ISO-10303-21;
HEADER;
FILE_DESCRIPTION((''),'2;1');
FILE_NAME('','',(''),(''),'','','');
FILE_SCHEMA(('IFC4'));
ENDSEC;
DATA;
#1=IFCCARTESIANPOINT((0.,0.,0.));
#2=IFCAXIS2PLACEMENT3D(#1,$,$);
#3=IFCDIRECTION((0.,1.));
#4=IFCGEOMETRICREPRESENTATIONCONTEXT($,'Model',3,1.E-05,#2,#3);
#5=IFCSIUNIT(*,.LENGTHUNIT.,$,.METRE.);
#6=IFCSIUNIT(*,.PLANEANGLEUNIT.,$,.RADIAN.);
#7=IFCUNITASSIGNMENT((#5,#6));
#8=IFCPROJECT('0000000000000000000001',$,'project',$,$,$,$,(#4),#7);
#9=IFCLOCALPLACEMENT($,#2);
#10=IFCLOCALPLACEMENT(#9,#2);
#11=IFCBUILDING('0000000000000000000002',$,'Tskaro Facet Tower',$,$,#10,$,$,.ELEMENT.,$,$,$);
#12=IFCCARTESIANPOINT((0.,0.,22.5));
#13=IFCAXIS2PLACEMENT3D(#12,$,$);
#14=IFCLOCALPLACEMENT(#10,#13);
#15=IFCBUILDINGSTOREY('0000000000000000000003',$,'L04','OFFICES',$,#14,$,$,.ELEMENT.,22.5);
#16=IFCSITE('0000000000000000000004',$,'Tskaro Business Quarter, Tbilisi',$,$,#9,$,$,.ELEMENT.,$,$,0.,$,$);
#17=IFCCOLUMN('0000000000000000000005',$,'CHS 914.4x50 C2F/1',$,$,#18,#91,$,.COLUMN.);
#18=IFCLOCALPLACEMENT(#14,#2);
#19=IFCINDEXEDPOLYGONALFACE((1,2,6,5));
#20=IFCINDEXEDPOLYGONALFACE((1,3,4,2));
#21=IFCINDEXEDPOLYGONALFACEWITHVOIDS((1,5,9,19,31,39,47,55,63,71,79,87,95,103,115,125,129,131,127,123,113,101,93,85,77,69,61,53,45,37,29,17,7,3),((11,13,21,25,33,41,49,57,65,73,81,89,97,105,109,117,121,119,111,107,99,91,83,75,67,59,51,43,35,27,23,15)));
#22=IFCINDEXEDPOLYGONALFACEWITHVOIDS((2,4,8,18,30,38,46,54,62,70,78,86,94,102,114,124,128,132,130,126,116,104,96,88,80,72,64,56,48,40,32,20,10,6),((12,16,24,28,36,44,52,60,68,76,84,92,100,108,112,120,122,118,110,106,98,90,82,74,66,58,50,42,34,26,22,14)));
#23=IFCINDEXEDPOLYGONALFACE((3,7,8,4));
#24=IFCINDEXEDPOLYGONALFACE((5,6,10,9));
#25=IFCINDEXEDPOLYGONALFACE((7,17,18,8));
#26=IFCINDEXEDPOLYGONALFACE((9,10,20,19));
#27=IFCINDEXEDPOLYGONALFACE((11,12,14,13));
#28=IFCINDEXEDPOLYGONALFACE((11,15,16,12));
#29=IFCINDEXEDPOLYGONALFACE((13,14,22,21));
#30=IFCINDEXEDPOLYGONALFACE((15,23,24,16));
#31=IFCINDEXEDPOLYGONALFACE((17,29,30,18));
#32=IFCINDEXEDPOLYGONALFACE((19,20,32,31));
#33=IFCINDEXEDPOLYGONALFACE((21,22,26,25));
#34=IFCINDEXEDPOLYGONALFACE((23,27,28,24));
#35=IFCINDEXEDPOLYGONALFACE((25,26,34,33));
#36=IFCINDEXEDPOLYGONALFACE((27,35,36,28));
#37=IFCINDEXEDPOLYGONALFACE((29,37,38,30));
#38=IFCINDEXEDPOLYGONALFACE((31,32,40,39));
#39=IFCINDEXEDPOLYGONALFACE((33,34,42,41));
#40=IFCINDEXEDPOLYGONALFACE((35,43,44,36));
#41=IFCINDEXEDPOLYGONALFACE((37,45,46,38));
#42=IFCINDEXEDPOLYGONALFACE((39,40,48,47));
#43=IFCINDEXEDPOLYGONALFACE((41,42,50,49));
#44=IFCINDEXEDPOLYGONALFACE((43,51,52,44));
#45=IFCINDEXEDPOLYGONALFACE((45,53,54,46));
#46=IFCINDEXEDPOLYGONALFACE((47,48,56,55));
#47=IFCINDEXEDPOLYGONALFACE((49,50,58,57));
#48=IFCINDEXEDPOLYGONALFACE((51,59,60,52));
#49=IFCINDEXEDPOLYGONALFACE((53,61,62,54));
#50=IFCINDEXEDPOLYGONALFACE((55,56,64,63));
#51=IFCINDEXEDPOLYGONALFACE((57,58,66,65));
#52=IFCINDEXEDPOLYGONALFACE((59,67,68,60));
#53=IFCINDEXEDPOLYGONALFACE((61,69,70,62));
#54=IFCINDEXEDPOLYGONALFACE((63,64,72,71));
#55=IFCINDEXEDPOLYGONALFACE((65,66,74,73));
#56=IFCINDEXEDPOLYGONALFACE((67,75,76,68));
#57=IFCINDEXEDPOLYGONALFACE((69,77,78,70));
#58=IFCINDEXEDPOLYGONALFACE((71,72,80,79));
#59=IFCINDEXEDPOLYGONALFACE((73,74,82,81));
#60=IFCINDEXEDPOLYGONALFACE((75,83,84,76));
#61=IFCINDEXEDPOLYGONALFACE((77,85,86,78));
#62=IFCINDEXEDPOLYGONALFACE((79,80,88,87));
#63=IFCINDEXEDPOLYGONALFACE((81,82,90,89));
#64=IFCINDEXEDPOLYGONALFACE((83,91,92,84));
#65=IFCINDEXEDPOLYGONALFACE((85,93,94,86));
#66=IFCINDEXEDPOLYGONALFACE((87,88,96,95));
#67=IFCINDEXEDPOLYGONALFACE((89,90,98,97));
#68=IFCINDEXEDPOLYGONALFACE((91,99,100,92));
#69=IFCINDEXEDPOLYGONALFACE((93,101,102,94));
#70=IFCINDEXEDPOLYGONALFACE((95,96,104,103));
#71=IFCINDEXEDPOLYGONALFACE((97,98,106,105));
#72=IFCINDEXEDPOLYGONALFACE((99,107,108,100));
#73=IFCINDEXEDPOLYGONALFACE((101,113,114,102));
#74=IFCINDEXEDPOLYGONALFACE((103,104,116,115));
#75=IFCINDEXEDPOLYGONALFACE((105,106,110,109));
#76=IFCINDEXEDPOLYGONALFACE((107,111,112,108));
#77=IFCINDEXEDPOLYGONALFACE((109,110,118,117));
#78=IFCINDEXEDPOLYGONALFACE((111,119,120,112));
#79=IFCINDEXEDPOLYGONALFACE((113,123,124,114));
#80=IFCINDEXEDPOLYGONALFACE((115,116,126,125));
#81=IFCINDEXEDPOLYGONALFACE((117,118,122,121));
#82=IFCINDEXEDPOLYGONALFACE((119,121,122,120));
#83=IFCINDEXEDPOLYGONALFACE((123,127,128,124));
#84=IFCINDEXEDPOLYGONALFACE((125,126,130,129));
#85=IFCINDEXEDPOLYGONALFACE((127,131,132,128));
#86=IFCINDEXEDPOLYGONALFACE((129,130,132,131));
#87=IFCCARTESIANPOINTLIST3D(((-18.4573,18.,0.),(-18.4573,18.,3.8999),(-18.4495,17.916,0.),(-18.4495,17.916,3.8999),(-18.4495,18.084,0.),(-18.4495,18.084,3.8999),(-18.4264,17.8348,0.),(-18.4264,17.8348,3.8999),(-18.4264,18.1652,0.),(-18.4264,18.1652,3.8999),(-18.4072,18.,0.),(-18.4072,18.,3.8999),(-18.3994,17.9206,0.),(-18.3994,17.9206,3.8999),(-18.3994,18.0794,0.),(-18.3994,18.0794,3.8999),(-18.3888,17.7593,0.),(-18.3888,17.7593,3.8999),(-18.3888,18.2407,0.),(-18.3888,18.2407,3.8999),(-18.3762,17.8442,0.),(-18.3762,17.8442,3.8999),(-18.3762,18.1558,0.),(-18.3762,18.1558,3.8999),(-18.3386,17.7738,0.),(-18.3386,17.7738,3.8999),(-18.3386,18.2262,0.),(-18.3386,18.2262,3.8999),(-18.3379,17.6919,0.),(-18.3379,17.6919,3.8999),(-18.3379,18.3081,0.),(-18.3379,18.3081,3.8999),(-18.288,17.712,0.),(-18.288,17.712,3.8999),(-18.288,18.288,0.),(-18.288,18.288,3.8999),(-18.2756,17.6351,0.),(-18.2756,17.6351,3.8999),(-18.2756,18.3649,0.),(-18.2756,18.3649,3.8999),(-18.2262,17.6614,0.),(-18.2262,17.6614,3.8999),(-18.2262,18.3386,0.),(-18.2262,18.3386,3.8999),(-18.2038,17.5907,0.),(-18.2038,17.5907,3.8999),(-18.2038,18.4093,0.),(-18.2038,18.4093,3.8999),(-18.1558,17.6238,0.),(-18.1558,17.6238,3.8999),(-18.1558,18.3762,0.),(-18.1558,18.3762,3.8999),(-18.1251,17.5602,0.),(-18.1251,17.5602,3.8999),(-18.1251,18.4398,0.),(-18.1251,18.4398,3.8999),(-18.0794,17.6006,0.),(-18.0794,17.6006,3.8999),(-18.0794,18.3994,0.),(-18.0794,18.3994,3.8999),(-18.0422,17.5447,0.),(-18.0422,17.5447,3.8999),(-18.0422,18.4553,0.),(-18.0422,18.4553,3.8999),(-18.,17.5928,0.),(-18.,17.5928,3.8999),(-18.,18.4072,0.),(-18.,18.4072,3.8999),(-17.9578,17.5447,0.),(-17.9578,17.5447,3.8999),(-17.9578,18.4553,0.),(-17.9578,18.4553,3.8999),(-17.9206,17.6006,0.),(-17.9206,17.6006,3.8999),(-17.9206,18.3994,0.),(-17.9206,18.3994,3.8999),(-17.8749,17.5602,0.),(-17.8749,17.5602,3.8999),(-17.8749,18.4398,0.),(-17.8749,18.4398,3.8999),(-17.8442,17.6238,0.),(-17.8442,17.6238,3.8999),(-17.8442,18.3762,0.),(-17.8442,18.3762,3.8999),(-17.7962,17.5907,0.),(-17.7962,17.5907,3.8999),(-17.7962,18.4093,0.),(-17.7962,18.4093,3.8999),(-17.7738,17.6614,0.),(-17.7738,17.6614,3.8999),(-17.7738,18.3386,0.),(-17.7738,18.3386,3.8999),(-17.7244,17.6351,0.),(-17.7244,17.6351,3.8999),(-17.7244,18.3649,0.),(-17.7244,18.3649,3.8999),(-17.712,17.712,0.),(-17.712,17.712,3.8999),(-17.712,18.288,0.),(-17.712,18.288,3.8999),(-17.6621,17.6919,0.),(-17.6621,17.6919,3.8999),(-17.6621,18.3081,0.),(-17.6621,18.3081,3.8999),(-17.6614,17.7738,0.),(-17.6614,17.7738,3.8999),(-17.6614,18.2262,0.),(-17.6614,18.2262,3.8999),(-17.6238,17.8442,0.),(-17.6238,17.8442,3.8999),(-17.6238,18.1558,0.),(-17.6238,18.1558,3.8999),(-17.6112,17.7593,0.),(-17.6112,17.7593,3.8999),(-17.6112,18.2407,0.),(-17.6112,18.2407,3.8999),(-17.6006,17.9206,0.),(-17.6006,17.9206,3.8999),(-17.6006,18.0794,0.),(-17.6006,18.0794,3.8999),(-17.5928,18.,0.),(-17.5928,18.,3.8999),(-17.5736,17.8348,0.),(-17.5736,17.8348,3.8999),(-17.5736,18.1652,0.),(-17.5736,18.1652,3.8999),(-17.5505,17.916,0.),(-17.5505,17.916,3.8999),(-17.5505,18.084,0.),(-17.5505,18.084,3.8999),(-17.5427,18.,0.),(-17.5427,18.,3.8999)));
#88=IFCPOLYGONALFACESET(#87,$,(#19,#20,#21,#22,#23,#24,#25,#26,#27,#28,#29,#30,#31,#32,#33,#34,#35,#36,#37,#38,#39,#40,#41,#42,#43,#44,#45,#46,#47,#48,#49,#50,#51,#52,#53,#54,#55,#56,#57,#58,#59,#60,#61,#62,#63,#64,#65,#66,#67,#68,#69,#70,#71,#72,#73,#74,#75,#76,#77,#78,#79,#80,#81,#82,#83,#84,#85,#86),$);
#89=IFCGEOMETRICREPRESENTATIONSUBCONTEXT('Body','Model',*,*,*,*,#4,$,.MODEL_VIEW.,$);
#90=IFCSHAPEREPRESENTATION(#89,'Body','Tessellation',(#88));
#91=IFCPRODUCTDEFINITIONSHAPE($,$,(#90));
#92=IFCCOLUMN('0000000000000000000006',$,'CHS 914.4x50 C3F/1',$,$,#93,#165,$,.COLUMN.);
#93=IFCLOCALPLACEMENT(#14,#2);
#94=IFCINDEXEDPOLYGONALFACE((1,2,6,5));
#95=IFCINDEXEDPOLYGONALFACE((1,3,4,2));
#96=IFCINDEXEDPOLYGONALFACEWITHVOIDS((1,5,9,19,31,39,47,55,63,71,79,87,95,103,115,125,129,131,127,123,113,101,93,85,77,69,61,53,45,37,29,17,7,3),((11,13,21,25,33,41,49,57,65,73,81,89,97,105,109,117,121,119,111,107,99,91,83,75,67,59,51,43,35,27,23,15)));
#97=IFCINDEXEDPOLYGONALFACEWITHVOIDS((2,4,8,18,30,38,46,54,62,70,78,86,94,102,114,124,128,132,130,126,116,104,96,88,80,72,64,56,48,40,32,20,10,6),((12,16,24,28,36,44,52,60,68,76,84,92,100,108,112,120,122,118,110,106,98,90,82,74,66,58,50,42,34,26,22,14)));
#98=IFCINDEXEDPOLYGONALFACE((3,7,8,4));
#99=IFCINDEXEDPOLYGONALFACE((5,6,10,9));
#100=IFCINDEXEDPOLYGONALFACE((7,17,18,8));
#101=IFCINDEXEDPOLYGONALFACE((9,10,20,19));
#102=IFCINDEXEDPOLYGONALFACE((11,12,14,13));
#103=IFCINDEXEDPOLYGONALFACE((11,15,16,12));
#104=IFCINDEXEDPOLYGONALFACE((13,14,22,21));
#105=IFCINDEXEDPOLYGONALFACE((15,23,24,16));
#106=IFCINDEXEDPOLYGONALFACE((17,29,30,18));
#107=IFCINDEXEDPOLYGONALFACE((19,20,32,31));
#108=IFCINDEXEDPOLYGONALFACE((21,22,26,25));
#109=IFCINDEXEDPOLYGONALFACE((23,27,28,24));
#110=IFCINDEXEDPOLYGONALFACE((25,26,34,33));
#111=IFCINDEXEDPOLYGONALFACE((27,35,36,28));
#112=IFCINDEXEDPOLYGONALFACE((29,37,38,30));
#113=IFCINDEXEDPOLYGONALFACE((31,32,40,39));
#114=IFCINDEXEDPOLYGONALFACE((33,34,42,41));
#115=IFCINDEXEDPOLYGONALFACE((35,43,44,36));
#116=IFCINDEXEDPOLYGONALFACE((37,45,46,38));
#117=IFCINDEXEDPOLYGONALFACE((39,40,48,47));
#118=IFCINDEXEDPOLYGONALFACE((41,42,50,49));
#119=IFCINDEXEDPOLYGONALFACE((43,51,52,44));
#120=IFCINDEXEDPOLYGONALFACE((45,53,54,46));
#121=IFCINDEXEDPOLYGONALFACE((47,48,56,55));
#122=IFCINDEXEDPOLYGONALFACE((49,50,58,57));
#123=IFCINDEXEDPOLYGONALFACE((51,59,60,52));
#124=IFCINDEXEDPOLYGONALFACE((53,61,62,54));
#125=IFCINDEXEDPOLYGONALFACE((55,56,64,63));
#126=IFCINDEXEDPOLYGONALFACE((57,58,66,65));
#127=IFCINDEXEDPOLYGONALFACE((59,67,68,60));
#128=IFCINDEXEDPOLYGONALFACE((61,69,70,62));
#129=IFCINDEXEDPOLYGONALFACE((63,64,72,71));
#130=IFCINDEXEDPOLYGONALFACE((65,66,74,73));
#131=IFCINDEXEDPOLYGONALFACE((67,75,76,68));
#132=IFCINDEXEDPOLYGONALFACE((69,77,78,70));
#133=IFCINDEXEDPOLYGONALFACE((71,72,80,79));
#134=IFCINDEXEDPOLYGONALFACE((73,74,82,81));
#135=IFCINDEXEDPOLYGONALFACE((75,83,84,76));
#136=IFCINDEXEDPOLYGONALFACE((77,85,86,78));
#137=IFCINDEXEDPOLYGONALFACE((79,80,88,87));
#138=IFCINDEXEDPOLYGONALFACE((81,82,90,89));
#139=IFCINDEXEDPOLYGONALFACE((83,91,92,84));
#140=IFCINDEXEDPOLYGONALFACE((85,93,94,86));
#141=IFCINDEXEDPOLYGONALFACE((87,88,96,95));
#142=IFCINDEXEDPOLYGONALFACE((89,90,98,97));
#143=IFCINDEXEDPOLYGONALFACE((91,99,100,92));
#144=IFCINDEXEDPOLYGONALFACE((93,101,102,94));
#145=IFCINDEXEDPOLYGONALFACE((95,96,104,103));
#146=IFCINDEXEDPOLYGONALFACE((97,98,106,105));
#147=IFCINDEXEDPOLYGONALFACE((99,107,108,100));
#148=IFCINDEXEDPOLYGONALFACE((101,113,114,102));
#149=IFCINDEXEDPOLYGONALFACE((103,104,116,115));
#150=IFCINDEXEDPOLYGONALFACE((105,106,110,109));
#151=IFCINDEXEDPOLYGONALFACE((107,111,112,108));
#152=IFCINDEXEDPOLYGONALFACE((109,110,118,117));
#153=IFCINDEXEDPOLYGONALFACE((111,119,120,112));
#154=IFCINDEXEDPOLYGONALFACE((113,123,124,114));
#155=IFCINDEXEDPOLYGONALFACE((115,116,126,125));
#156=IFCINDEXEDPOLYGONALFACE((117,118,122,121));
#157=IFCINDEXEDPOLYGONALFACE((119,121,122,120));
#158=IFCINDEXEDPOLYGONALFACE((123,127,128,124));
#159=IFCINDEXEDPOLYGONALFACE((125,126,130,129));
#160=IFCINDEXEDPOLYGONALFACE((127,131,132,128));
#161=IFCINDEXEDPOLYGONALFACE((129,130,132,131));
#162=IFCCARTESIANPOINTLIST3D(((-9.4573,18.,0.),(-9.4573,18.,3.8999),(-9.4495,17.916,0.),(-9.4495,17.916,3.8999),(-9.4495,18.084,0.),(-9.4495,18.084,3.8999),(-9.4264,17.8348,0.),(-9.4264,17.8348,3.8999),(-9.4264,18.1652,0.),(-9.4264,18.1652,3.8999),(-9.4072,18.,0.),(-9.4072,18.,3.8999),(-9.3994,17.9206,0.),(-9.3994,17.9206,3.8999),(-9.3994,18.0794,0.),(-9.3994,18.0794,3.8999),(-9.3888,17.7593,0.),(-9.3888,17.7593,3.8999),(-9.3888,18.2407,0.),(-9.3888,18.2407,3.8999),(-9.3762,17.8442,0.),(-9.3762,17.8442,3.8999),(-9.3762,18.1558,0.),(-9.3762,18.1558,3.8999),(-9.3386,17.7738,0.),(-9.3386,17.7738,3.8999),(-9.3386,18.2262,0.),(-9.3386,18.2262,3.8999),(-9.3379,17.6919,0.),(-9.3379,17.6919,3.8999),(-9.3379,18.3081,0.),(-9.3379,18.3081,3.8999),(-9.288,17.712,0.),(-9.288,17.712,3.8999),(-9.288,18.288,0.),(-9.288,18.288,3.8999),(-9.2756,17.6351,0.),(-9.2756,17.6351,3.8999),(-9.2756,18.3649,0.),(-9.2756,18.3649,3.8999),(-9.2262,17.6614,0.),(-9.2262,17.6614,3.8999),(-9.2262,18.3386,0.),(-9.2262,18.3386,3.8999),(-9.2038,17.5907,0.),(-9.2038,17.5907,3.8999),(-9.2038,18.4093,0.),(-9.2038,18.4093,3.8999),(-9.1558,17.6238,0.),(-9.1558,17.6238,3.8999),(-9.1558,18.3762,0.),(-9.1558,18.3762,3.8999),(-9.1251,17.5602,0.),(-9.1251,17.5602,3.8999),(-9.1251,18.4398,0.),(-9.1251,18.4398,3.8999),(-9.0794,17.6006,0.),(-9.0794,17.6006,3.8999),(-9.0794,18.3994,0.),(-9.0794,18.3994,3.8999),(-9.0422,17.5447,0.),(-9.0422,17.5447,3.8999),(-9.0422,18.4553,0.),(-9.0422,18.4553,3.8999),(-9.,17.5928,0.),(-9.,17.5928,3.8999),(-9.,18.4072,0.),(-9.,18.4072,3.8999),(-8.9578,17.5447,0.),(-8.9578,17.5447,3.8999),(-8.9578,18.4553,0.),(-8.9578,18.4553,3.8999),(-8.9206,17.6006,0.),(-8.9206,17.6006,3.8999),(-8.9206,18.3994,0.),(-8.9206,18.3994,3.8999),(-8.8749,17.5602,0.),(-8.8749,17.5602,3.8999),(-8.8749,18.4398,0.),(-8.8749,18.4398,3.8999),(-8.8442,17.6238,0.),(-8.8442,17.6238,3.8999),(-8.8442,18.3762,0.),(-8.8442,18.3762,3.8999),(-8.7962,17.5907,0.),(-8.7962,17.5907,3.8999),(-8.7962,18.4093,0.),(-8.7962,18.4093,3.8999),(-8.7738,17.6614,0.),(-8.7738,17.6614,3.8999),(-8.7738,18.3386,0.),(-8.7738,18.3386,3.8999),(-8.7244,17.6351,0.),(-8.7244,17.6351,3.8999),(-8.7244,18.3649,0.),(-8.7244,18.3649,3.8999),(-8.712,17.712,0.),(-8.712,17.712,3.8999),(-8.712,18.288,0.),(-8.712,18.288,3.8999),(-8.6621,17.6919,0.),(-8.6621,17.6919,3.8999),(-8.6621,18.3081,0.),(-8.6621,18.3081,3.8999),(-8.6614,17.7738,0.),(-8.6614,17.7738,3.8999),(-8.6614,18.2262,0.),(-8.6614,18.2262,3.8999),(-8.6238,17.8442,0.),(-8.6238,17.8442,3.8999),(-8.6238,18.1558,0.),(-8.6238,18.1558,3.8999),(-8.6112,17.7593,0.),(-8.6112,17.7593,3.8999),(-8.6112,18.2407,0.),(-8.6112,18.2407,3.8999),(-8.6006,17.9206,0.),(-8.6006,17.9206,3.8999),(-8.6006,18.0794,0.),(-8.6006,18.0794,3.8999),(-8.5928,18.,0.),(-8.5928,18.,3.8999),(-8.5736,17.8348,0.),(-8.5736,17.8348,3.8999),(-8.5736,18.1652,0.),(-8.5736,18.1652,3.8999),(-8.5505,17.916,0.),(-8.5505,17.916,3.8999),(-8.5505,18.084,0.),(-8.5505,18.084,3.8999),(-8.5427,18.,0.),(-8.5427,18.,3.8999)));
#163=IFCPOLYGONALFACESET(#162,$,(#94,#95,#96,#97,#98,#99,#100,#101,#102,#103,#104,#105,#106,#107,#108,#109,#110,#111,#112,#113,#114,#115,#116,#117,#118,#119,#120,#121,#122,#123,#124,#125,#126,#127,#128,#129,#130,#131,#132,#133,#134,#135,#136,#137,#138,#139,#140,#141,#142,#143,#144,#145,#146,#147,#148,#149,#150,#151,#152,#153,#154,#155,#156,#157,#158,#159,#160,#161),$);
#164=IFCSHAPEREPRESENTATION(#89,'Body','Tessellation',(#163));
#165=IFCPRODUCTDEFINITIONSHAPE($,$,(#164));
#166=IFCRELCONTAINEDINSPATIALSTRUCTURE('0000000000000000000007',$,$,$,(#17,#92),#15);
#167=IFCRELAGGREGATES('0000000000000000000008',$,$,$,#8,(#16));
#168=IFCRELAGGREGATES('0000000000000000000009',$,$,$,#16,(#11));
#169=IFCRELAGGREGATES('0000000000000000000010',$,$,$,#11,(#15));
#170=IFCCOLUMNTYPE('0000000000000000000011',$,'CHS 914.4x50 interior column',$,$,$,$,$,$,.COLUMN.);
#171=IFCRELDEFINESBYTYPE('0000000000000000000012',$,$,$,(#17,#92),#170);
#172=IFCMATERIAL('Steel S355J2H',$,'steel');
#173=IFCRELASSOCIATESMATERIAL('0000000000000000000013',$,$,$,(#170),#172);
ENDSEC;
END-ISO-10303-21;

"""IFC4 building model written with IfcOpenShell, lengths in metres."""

from ifc_helpers import new_model, si_unit, direction, frame, origin, origin_2d, place, context, subcontext, project, spatial, hollow_circle, extrude, material, material_profile, profile_set, type_object, element, save


model = new_model("IFC4")

# Units and contexts
model_context = context("Model", 3, precision=1e-05, world=origin(), true_north=direction((0.0, 1.0)))
body_context = subcontext(model_context, "Body", "Model", "MODEL_VIEW")
ifc_project = project(units=[si_unit("LENGTHUNIT", "METRE"), si_unit("PLANEANGLEUNIT", "RADIAN")], contexts=[model_context])

# Site, building, storey
site_placement = place(None, origin())
site = spatial("IfcSite", under=ifc_project, at=site_placement, Name="Tskaro Business Quarter, Tbilisi", CompositionType="ELEMENT", RefElevation=0.0)
building_placement = place(site_placement, origin())
building = spatial("IfcBuilding", under=site, at=building_placement, Name="Tskaro Facet Tower", CompositionType="ELEMENT")
storey_placement = place(building_placement, frame((0.0, 0.0, 22.5)))
storey = spatial("IfcBuildingStorey", under=building, at=storey_placement, Name="L04", Description="OFFICES", CompositionType="ELEMENT", Elevation=22.5)

# Columns
ifc_material_1 = material(Name="Steel S355J2H", Category="steel")
ifc_material_profile_1 = material_profile(ifc_material_1, hollow_circle(Radius=0.4573, WallThickness=0.05, at=origin_2d()), Name="CHS 914.4x50")
ifc_profile_set_1 = profile_set([ifc_material_profile_1], Name="Steel S355J2H")
column_type_1 = type_object("IfcColumnType", Name="CHS 914.4x50 interior column", PredefinedType="COLUMN", material=ifc_profile_set_1)
for number, where, z_axis, x_axis, name in (
    (1, (-18.0, 18.0, 0.0), (0.0, 0.0, 1.0), (1.0, 0.0, 0.0), "CHS 914.4x50 C2F/1"),
    (2, (-9.0, 18.0, 0.0), (0.0, 0.0, 1.0), (1.0, 0.0, 0.0), "CHS 914.4x50 C3F/1"),
):
    element("IfcColumn", number, at=place(storey_placement, frame(where, z_axis=z_axis, x_axis=x_axis)), inside=storey, type_object=column_type_1, Name=name, PredefinedType="COLUMN", context=body_context, shape_type="SweptSolid", body=[
        extrude(hollow_circle(Radius=0.4573, WallThickness=0.05, at=origin_2d()), origin(), (0.0, 0.0, 1.0), 3.8999),
    ])

save(model, "model.ifc")
